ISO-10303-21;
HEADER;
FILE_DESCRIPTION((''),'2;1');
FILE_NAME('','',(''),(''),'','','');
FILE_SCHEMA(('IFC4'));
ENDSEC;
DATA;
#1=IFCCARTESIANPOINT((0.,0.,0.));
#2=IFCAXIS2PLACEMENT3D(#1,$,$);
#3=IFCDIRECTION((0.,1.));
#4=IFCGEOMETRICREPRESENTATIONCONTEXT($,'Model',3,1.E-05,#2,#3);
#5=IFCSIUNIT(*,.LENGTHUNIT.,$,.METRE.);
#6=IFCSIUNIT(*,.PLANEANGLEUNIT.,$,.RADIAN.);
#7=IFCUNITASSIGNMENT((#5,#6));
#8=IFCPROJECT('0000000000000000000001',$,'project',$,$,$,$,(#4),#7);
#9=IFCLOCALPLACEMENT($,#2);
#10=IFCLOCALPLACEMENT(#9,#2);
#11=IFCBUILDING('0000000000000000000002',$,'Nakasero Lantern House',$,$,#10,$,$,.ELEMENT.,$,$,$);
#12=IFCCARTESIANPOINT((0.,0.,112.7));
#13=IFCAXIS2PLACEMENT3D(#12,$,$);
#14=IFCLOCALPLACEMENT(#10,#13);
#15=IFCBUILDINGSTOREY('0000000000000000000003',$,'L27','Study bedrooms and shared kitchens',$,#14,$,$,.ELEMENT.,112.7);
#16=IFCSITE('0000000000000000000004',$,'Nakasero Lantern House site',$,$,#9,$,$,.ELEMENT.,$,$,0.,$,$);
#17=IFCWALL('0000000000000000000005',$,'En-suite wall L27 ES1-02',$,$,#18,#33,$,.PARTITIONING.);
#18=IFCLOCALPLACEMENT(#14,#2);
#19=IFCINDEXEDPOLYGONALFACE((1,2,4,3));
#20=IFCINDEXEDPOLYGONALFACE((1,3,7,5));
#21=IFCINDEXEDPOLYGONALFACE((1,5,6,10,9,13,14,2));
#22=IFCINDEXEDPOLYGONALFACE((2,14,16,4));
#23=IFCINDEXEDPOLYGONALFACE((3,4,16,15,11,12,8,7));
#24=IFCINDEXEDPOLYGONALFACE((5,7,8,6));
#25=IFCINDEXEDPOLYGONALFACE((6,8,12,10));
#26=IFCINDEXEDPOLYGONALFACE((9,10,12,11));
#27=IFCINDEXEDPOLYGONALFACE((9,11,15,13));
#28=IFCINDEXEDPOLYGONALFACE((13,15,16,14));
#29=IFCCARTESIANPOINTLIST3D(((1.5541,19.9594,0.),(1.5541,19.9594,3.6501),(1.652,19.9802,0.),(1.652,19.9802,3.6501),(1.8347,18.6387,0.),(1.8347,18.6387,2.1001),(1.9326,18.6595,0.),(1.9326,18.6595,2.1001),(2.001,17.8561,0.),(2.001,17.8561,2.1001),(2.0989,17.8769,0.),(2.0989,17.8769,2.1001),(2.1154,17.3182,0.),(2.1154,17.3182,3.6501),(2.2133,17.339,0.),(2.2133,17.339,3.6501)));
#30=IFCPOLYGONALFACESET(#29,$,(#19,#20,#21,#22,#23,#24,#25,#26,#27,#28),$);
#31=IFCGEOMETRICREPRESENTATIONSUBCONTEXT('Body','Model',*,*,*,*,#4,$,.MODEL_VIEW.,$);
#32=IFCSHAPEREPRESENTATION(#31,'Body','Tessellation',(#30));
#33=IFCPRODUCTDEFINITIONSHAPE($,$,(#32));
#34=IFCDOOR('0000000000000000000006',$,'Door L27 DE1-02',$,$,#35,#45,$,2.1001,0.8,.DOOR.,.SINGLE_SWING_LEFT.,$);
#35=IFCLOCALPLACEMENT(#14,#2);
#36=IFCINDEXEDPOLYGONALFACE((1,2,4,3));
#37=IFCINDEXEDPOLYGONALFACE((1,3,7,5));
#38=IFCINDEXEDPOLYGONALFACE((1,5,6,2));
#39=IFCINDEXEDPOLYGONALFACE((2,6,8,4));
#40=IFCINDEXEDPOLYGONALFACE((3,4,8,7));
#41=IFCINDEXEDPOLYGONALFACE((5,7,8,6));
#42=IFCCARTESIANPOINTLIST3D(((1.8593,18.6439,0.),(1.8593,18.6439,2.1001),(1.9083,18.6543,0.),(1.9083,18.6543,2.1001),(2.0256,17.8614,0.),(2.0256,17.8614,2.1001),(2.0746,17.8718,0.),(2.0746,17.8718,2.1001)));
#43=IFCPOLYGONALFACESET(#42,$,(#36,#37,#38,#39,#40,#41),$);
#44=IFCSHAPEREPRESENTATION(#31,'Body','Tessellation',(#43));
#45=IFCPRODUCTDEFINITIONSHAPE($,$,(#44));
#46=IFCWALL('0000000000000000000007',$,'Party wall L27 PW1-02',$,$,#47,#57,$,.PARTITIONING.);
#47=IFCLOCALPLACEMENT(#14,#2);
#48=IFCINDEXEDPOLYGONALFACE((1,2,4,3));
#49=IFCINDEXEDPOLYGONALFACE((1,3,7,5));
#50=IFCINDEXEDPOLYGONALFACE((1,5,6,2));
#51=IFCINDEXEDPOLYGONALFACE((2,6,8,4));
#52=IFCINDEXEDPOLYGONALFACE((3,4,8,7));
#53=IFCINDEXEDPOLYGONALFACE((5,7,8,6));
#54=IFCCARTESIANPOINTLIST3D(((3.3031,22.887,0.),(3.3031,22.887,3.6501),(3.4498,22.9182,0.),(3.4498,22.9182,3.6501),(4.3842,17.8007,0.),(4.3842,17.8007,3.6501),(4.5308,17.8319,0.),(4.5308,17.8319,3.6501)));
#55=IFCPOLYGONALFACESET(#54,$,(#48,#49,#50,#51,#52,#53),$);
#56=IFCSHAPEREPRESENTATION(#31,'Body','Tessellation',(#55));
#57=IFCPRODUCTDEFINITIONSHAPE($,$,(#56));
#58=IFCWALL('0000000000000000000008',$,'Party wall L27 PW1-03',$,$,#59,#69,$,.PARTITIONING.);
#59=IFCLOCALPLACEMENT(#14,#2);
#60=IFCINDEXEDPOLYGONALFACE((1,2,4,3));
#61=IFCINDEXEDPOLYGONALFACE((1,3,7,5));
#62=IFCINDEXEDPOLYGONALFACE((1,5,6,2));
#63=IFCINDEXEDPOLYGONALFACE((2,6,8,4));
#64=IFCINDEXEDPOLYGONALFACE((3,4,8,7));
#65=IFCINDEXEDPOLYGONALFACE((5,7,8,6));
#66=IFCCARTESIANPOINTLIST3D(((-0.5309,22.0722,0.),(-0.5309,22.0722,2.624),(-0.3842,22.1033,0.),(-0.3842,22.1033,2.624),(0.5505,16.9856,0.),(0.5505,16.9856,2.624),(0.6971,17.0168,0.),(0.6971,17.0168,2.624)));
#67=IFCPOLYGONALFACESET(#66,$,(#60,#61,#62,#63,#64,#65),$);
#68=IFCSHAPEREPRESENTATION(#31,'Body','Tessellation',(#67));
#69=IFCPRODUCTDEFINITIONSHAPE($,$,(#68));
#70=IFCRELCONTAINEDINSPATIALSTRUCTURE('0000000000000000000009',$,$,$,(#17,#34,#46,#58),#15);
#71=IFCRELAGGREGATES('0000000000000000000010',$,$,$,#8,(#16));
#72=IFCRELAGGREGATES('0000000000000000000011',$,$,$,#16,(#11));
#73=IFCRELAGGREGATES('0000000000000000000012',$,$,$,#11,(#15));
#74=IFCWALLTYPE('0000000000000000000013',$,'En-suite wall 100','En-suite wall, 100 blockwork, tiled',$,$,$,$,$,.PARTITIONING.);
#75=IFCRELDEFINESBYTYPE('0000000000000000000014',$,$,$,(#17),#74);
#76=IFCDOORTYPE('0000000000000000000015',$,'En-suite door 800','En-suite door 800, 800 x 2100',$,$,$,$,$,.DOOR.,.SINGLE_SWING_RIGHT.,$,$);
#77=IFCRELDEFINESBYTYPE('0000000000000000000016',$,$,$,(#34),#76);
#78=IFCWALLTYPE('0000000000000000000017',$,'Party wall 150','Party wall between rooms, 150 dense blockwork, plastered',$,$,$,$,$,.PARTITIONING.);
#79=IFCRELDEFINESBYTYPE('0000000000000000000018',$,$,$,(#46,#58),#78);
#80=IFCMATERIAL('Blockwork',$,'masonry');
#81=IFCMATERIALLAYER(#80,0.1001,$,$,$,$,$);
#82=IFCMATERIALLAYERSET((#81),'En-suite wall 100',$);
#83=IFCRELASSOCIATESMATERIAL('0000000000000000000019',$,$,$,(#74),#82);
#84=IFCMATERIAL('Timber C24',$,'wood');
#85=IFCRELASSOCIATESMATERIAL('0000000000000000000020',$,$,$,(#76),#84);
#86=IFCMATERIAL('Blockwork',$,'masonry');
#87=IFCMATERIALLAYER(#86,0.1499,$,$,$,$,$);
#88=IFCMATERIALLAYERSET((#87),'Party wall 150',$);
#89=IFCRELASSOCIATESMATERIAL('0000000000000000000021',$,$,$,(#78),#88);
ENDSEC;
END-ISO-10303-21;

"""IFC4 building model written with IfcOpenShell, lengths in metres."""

from ifc_helpers import new_model, si_unit, direction, frame, frame_2d, origin, place, context, subcontext, project, spatial, rectangle, extrude, material, layer, layer_set, type_object, element, fill, save


model = new_model("IFC4")

# Units and contexts
model_context = context("Model", 3, precision=1e-05, world=origin(), true_north=direction((0.0, 1.0)))
body_context = subcontext(model_context, "Body", "Model", "MODEL_VIEW")
ifc_project = project(units=[si_unit("LENGTHUNIT", "METRE"), si_unit("PLANEANGLEUNIT", "RADIAN")], contexts=[model_context])

# Site, building, storey
site_placement = place(None, origin())
site = spatial("IfcSite", under=ifc_project, at=site_placement, Name="Nakasero Lantern House site", CompositionType="ELEMENT", RefElevation=0.0)
building_placement = place(site_placement, origin())
building = spatial("IfcBuilding", under=site, at=building_placement, Name="Nakasero Lantern House", CompositionType="ELEMENT")
storey_placement = place(building_placement, frame((0.0, 0.0, 112.7)))
storey = spatial("IfcBuildingStorey", under=building, at=storey_placement, Name="L27", Description="Study bedrooms and shared kitchens", CompositionType="ELEMENT", Elevation=112.7)

# Wall, opening, door
ifc_material_1 = material(Name="Blockwork", Category="masonry")
ifc_layer_1 = layer(ifc_material_1, 0.1001)
ifc_layer_set_1 = layer_set([ifc_layer_1], Name="En-suite wall 100")
wall_type_1 = type_object("IfcWallType", Name="En-suite wall 100", Description="En-suite wall, 100 blockwork, tiled", PredefinedType="PARTITIONING", material=ifc_layer_set_1)
ifc_material_2 = material(Name="Timber C24", Category="wood")
door_type_1 = type_object("IfcDoorType", Name="En-suite door 800", Description="En-suite door 800, 800 x 2100", OperationType="SINGLE_SWING_RIGHT", PredefinedType="DOOR", material=ifc_material_2)
wall_1_placement = place(storey_placement, frame((2.1643, 17.3286, 0.0), z_axis=(0.0, 0.0, 1.0), x_axis=(-0.207874, 0.978156, 0.0)))
wall_1 = element("IfcWall", 1, at=wall_1_placement, inside=storey, type_object=wall_type_1, Name="En-suite wall L27 ES1-02", PredefinedType="PARTITIONING", context=body_context, shape_type="SweptSolid", body=[
    extrude(rectangle(XDim=2.7002, YDim=0.1001, at=frame_2d((1.3501, 0.0))), origin(), (0.0, 0.0, 1.0), 3.6501),
])
opening_1_placement = place(wall_1_placement, frame((0.55, 0.0, 0.0)))
opening_1 = element("IfcOpeningElement", 2, at=opening_1_placement, cuts=wall_1, PredefinedType="OPENING", context=body_context, shape_type="SweptSolid", body=[
    extrude(rectangle(XDim=0.8, YDim=2.1001, at=frame_2d((0.3999, 1.05))), frame((0.0, 0.0701, 0.0), z_axis=(0.0, -1.0, 0.0), x_axis=(1.0, 0.0, 0.0)), (0.0, 0.0, 1.0), 0.1401),
])
door_1_placement = place(opening_1_placement, origin())
door_1 = element("IfcDoor", 3, at=door_1_placement, inside=storey, type_object=door_type_1, Name="Door L27 DE1-02", OperationType="SINGLE_SWING_LEFT", OverallHeight=2.1001, OverallWidth=0.8, PredefinedType="DOOR", context=body_context, shape_type="SweptSolid", body=[
    extrude(rectangle(XDim=0.8, YDim=2.1001, at=frame_2d((0.3999, 1.05))), frame((0.0, 0.0249, 0.0), z_axis=(0.0, -1.0, 0.0), x_axis=(1.0, 0.0, 0.0)), (0.0, 0.0, 1.0), 0.05),
])
fill(opening_1, door_1)

# Walls
ifc_material_3 = material(Name="Blockwork", Category="masonry")
ifc_layer_2 = layer(ifc_material_3, 0.1499)
ifc_layer_set_2 = layer_set([ifc_layer_2], Name="Party wall 150")
wall_type_2 = type_object("IfcWallType", Name="Party wall 150", Description="Party wall between rooms, 150 dense blockwork, plastered", PredefinedType="PARTITIONING", material=ifc_layer_set_2)
wall_2_placement = place(storey_placement, frame((4.4575, 17.8162, 0.0), z_axis=(0.0, 0.0, 1.0), x_axis=(-0.207894, 0.978151, 0.0)))
element("IfcWall", 4, at=wall_2_placement, inside=storey, type_object=wall_type_2, Name="Party wall L27 PW1-02", PredefinedType="PARTITIONING", context=body_context, shape_type="SweptSolid", body=[
    extrude(rectangle(XDim=5.2, YDim=0.1499, at=frame_2d((2.6001, 0.0))), origin(), (0.0, 0.0, 1.0), 3.6501),
])
wall_3_placement = place(storey_placement, frame((0.6238, 17.0012, 0.0), z_axis=(0.0, 0.0, 1.0), x_axis=(-0.207938, 0.978142, 0.0)))
element("IfcWall", 5, at=wall_3_placement, inside=storey, type_object=wall_type_2, Name="Party wall L27 PW1-03", PredefinedType="PARTITIONING", context=body_context, shape_type="SweptSolid", body=[
    extrude(rectangle(XDim=5.2002, YDim=0.1499, at=frame_2d((2.6001, 0.0))), origin(), (0.0, 0.0, 1.0), 2.624),
])

save(model, "model.ifc")
